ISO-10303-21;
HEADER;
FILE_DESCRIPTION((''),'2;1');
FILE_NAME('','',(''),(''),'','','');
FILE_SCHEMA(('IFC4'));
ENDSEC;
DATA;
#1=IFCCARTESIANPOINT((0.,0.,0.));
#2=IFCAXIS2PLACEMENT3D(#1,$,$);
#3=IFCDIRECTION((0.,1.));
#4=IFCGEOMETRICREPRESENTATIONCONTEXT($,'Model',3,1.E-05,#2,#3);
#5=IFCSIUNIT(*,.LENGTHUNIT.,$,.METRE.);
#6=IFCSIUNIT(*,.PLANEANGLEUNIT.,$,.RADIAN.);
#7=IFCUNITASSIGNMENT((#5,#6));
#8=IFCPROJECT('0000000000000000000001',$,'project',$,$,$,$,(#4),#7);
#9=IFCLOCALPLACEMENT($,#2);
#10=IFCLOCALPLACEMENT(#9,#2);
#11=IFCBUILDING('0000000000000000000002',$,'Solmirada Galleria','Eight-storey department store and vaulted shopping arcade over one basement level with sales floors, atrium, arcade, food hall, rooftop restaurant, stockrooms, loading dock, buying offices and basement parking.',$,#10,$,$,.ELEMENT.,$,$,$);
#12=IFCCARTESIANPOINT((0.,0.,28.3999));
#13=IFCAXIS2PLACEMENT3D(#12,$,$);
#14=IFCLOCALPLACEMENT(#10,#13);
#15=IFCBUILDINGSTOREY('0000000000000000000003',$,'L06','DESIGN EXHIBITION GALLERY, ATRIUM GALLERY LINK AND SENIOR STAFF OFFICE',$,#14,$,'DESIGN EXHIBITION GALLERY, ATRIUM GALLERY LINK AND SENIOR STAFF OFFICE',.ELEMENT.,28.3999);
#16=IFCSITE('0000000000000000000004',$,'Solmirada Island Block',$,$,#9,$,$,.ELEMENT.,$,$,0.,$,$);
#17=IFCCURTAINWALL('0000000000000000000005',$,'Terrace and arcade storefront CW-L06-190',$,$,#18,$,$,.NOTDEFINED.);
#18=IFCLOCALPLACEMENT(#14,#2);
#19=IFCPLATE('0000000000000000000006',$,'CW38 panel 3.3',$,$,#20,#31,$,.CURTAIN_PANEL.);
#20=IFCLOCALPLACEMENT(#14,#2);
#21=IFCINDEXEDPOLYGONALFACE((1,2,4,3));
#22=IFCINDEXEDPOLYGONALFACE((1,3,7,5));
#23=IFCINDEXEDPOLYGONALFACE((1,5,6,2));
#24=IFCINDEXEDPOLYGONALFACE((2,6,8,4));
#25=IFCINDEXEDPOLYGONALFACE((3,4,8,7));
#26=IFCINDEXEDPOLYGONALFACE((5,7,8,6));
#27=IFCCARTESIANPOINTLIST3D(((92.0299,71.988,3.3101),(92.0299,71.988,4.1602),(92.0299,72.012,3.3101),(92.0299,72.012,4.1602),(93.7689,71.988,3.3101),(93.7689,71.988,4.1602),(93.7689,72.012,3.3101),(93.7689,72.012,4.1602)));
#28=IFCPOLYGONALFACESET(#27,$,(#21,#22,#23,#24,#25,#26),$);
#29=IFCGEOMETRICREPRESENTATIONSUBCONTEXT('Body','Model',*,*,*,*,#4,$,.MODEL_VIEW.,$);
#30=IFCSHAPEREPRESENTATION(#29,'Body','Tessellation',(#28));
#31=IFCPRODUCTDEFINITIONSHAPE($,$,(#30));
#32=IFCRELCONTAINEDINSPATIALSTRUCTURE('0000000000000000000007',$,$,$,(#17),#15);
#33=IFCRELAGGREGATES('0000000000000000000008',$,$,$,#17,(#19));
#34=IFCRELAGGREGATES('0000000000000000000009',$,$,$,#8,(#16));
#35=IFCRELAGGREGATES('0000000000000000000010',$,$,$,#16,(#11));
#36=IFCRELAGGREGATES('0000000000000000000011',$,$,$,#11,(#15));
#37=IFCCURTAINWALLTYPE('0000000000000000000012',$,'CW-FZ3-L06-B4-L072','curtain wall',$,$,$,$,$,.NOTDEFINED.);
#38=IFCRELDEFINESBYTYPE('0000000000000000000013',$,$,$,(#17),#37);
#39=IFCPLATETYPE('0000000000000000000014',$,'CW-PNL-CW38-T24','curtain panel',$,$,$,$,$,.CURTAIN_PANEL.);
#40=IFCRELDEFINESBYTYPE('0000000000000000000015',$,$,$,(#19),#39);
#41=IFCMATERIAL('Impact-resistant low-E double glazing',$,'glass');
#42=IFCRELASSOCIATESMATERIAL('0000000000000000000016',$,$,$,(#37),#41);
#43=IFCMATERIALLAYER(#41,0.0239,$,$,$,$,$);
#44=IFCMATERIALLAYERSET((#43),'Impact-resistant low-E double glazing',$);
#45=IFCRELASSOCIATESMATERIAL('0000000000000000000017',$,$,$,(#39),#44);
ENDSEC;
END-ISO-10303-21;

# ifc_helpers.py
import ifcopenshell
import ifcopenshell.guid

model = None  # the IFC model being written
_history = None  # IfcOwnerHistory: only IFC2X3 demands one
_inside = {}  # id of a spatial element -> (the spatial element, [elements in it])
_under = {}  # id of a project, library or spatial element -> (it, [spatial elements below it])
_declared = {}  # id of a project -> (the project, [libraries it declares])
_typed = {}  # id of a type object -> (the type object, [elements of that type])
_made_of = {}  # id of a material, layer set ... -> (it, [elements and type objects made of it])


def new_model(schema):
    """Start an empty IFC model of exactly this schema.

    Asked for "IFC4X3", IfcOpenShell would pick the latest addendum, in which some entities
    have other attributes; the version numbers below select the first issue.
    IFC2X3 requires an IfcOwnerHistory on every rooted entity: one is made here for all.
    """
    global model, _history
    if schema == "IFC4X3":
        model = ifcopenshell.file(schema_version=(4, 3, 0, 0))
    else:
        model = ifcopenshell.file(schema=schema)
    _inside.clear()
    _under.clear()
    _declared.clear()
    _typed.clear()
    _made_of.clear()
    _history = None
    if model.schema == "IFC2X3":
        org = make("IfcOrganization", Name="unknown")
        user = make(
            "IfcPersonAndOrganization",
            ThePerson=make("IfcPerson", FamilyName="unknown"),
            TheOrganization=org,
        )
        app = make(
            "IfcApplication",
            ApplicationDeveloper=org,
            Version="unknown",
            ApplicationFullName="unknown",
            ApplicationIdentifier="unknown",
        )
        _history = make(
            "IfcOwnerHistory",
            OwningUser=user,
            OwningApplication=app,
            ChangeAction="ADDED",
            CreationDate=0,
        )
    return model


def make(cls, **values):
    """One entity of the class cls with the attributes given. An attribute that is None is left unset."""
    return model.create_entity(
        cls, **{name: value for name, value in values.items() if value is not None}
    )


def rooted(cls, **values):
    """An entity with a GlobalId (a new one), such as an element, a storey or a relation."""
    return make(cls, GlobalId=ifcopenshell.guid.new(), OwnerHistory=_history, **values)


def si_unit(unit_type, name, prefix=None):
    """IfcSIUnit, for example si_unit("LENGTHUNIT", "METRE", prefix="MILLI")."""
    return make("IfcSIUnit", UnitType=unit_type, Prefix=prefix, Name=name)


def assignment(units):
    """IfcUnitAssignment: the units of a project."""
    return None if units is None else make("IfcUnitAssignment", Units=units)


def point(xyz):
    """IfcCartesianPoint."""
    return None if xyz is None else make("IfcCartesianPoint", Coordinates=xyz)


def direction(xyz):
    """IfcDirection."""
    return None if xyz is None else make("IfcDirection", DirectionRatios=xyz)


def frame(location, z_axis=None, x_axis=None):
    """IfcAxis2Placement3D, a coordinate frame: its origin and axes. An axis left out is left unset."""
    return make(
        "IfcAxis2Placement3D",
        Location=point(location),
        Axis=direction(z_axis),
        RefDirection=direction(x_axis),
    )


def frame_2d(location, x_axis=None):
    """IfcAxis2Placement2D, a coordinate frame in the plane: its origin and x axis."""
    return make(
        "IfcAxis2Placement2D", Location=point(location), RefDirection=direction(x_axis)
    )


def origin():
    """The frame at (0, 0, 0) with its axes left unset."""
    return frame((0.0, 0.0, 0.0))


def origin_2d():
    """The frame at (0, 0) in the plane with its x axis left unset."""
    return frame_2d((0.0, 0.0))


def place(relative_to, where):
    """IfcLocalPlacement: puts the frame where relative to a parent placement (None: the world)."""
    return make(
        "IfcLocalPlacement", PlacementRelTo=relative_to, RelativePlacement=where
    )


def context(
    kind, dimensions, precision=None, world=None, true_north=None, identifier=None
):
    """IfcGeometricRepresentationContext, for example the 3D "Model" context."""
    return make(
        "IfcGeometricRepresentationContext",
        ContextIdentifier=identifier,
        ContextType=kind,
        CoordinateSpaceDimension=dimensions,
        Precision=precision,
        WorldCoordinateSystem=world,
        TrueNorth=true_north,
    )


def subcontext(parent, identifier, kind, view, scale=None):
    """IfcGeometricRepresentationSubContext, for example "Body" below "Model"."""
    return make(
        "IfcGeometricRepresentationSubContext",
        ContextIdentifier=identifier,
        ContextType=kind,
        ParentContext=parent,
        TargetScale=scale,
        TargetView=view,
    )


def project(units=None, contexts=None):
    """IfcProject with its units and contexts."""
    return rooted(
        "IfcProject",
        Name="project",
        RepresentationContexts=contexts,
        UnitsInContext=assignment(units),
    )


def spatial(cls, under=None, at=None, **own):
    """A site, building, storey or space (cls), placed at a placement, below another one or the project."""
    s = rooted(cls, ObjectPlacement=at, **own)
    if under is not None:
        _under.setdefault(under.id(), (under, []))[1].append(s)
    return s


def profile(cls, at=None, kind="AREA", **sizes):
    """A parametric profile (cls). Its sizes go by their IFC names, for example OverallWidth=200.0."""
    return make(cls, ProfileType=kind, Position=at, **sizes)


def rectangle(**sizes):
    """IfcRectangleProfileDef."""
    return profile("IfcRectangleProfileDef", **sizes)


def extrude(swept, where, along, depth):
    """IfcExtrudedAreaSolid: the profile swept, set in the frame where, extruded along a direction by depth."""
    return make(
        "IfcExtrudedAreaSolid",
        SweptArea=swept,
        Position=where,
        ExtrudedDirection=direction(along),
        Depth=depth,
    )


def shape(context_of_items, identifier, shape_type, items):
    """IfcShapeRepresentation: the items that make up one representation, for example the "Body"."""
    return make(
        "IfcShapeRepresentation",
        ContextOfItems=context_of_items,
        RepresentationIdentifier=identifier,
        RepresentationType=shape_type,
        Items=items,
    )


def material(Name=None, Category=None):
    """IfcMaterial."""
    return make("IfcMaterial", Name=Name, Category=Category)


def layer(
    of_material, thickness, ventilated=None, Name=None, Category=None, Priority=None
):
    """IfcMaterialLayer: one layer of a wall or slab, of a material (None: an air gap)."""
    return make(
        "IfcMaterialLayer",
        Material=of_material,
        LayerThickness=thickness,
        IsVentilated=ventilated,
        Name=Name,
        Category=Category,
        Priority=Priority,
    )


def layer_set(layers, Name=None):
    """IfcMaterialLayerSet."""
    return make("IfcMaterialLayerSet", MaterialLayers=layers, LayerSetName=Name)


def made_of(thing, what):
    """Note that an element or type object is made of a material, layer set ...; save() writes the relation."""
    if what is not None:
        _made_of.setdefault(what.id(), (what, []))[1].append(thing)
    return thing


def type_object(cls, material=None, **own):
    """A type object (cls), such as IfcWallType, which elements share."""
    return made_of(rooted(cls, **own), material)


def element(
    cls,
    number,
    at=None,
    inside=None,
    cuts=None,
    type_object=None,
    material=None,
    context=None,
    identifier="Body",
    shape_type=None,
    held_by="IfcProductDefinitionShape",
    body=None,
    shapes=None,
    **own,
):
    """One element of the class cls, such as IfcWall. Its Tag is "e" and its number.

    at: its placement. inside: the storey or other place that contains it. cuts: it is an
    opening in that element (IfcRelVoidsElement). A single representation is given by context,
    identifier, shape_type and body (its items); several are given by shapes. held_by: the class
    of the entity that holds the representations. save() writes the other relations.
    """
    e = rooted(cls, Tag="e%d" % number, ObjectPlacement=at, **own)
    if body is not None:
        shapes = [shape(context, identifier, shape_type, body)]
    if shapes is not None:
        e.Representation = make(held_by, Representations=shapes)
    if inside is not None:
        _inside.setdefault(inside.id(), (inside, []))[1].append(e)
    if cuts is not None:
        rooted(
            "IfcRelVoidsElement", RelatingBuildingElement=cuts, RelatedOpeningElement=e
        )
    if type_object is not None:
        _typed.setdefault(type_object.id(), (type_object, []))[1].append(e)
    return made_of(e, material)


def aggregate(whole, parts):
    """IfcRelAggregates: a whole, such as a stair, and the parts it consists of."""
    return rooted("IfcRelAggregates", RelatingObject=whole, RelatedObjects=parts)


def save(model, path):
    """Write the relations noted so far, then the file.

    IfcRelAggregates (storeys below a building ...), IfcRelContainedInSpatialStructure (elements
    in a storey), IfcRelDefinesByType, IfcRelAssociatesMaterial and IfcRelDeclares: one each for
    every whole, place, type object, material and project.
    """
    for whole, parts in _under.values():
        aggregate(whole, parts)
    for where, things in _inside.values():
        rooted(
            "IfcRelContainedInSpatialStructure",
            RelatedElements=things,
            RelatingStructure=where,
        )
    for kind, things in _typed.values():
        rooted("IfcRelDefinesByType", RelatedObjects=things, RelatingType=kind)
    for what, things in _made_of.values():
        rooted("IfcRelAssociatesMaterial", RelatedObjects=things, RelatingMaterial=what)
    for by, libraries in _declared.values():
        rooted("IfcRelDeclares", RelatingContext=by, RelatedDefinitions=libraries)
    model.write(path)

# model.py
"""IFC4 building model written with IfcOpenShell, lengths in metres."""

from ifc_helpers import new_model, si_unit, direction, frame, origin, origin_2d, place, context, subcontext, project, spatial, rectangle, extrude, material, layer, layer_set, type_object, element, aggregate, save


model = new_model("IFC4")

# Units and contexts
model_context = context("Model", 3, precision=1e-05, world=origin(), true_north=direction((0.0, 1.0)))
body_context = subcontext(model_context, "Body", "Model", "MODEL_VIEW")
ifc_project = project(units=[si_unit("LENGTHUNIT", "METRE"), si_unit("PLANEANGLEUNIT", "RADIAN")], contexts=[model_context])

# Site, building, storey
site_placement = place(None, origin())
site = spatial("IfcSite", under=ifc_project, at=site_placement, Name="Solmirada Island Block", CompositionType="ELEMENT", RefElevation=0.0)
building_placement = place(site_placement, origin())
building = spatial("IfcBuilding", under=site, at=building_placement, Name="Solmirada Galleria", Description="Eight-storey department store and vaulted shopping arcade over one basement level with sales floors, atrium, arcade, food hall, rooftop restaurant, stockrooms, loading dock, buying offices and basement parking.", CompositionType="ELEMENT")
storey_placement = place(building_placement, frame((0.0, 0.0, 28.3999)))
storey = spatial("IfcBuildingStorey", under=building, at=storey_placement, Name="L06", Description="DESIGN EXHIBITION GALLERY, ATRIUM GALLERY LINK AND SENIOR STAFF OFFICE", LongName="DESIGN EXHIBITION GALLERY, ATRIUM GALLERY LINK AND SENIOR STAFF OFFICE", CompositionType="ELEMENT", Elevation=28.3999)

# Shared definitions
ifc_material_1 = material(Name="Impact-resistant low-E double glazing", Category="glass")
curtain_wall_type = type_object("IfcCurtainWallType", Name="CW-FZ3-L06-B4-L072", Description="curtain wall", PredefinedType="NOTDEFINED", material=ifc_material_1)

# Curtain wall
curtain_wall_1_placement = place(storey_placement, origin())
curtain_wall_1 = element("IfcCurtainWall", 1, at=curtain_wall_1_placement, inside=storey, type_object=curtain_wall_type, Name="Terrace and arcade storefront CW-L06-190", PredefinedType="NOTDEFINED")

# Plate
ifc_layer = layer(ifc_material_1, 0.0239)
ifc_layer_set = layer_set([ifc_layer], Name="Impact-resistant low-E double glazing")
plate_type = type_object("IfcPlateType", Name="CW-PNL-CW38-T24", Description="curtain panel", PredefinedType="CURTAIN_PANEL", material=ifc_layer_set)
plate_1_placement = place(storey_placement, frame((92.8994, 72.0, 3.3101), z_axis=(0.0, 0.0, 1.0), x_axis=(1.0, 0.0, 0.0)))
plate_1 = element("IfcPlate", 2, at=plate_1_placement, type_object=plate_type, Name="CW38 panel 3.3", PredefinedType="CURTAIN_PANEL", context=body_context, shape_type="SweptSolid", body=[
    extrude(rectangle(XDim=1.739, YDim=0.0239, at=origin_2d()), origin(), (0.0, 0.0, 1.0), 0.8501),
])
aggregate(curtain_wall_1, [plate_1])

save(model, "model.ifc")
